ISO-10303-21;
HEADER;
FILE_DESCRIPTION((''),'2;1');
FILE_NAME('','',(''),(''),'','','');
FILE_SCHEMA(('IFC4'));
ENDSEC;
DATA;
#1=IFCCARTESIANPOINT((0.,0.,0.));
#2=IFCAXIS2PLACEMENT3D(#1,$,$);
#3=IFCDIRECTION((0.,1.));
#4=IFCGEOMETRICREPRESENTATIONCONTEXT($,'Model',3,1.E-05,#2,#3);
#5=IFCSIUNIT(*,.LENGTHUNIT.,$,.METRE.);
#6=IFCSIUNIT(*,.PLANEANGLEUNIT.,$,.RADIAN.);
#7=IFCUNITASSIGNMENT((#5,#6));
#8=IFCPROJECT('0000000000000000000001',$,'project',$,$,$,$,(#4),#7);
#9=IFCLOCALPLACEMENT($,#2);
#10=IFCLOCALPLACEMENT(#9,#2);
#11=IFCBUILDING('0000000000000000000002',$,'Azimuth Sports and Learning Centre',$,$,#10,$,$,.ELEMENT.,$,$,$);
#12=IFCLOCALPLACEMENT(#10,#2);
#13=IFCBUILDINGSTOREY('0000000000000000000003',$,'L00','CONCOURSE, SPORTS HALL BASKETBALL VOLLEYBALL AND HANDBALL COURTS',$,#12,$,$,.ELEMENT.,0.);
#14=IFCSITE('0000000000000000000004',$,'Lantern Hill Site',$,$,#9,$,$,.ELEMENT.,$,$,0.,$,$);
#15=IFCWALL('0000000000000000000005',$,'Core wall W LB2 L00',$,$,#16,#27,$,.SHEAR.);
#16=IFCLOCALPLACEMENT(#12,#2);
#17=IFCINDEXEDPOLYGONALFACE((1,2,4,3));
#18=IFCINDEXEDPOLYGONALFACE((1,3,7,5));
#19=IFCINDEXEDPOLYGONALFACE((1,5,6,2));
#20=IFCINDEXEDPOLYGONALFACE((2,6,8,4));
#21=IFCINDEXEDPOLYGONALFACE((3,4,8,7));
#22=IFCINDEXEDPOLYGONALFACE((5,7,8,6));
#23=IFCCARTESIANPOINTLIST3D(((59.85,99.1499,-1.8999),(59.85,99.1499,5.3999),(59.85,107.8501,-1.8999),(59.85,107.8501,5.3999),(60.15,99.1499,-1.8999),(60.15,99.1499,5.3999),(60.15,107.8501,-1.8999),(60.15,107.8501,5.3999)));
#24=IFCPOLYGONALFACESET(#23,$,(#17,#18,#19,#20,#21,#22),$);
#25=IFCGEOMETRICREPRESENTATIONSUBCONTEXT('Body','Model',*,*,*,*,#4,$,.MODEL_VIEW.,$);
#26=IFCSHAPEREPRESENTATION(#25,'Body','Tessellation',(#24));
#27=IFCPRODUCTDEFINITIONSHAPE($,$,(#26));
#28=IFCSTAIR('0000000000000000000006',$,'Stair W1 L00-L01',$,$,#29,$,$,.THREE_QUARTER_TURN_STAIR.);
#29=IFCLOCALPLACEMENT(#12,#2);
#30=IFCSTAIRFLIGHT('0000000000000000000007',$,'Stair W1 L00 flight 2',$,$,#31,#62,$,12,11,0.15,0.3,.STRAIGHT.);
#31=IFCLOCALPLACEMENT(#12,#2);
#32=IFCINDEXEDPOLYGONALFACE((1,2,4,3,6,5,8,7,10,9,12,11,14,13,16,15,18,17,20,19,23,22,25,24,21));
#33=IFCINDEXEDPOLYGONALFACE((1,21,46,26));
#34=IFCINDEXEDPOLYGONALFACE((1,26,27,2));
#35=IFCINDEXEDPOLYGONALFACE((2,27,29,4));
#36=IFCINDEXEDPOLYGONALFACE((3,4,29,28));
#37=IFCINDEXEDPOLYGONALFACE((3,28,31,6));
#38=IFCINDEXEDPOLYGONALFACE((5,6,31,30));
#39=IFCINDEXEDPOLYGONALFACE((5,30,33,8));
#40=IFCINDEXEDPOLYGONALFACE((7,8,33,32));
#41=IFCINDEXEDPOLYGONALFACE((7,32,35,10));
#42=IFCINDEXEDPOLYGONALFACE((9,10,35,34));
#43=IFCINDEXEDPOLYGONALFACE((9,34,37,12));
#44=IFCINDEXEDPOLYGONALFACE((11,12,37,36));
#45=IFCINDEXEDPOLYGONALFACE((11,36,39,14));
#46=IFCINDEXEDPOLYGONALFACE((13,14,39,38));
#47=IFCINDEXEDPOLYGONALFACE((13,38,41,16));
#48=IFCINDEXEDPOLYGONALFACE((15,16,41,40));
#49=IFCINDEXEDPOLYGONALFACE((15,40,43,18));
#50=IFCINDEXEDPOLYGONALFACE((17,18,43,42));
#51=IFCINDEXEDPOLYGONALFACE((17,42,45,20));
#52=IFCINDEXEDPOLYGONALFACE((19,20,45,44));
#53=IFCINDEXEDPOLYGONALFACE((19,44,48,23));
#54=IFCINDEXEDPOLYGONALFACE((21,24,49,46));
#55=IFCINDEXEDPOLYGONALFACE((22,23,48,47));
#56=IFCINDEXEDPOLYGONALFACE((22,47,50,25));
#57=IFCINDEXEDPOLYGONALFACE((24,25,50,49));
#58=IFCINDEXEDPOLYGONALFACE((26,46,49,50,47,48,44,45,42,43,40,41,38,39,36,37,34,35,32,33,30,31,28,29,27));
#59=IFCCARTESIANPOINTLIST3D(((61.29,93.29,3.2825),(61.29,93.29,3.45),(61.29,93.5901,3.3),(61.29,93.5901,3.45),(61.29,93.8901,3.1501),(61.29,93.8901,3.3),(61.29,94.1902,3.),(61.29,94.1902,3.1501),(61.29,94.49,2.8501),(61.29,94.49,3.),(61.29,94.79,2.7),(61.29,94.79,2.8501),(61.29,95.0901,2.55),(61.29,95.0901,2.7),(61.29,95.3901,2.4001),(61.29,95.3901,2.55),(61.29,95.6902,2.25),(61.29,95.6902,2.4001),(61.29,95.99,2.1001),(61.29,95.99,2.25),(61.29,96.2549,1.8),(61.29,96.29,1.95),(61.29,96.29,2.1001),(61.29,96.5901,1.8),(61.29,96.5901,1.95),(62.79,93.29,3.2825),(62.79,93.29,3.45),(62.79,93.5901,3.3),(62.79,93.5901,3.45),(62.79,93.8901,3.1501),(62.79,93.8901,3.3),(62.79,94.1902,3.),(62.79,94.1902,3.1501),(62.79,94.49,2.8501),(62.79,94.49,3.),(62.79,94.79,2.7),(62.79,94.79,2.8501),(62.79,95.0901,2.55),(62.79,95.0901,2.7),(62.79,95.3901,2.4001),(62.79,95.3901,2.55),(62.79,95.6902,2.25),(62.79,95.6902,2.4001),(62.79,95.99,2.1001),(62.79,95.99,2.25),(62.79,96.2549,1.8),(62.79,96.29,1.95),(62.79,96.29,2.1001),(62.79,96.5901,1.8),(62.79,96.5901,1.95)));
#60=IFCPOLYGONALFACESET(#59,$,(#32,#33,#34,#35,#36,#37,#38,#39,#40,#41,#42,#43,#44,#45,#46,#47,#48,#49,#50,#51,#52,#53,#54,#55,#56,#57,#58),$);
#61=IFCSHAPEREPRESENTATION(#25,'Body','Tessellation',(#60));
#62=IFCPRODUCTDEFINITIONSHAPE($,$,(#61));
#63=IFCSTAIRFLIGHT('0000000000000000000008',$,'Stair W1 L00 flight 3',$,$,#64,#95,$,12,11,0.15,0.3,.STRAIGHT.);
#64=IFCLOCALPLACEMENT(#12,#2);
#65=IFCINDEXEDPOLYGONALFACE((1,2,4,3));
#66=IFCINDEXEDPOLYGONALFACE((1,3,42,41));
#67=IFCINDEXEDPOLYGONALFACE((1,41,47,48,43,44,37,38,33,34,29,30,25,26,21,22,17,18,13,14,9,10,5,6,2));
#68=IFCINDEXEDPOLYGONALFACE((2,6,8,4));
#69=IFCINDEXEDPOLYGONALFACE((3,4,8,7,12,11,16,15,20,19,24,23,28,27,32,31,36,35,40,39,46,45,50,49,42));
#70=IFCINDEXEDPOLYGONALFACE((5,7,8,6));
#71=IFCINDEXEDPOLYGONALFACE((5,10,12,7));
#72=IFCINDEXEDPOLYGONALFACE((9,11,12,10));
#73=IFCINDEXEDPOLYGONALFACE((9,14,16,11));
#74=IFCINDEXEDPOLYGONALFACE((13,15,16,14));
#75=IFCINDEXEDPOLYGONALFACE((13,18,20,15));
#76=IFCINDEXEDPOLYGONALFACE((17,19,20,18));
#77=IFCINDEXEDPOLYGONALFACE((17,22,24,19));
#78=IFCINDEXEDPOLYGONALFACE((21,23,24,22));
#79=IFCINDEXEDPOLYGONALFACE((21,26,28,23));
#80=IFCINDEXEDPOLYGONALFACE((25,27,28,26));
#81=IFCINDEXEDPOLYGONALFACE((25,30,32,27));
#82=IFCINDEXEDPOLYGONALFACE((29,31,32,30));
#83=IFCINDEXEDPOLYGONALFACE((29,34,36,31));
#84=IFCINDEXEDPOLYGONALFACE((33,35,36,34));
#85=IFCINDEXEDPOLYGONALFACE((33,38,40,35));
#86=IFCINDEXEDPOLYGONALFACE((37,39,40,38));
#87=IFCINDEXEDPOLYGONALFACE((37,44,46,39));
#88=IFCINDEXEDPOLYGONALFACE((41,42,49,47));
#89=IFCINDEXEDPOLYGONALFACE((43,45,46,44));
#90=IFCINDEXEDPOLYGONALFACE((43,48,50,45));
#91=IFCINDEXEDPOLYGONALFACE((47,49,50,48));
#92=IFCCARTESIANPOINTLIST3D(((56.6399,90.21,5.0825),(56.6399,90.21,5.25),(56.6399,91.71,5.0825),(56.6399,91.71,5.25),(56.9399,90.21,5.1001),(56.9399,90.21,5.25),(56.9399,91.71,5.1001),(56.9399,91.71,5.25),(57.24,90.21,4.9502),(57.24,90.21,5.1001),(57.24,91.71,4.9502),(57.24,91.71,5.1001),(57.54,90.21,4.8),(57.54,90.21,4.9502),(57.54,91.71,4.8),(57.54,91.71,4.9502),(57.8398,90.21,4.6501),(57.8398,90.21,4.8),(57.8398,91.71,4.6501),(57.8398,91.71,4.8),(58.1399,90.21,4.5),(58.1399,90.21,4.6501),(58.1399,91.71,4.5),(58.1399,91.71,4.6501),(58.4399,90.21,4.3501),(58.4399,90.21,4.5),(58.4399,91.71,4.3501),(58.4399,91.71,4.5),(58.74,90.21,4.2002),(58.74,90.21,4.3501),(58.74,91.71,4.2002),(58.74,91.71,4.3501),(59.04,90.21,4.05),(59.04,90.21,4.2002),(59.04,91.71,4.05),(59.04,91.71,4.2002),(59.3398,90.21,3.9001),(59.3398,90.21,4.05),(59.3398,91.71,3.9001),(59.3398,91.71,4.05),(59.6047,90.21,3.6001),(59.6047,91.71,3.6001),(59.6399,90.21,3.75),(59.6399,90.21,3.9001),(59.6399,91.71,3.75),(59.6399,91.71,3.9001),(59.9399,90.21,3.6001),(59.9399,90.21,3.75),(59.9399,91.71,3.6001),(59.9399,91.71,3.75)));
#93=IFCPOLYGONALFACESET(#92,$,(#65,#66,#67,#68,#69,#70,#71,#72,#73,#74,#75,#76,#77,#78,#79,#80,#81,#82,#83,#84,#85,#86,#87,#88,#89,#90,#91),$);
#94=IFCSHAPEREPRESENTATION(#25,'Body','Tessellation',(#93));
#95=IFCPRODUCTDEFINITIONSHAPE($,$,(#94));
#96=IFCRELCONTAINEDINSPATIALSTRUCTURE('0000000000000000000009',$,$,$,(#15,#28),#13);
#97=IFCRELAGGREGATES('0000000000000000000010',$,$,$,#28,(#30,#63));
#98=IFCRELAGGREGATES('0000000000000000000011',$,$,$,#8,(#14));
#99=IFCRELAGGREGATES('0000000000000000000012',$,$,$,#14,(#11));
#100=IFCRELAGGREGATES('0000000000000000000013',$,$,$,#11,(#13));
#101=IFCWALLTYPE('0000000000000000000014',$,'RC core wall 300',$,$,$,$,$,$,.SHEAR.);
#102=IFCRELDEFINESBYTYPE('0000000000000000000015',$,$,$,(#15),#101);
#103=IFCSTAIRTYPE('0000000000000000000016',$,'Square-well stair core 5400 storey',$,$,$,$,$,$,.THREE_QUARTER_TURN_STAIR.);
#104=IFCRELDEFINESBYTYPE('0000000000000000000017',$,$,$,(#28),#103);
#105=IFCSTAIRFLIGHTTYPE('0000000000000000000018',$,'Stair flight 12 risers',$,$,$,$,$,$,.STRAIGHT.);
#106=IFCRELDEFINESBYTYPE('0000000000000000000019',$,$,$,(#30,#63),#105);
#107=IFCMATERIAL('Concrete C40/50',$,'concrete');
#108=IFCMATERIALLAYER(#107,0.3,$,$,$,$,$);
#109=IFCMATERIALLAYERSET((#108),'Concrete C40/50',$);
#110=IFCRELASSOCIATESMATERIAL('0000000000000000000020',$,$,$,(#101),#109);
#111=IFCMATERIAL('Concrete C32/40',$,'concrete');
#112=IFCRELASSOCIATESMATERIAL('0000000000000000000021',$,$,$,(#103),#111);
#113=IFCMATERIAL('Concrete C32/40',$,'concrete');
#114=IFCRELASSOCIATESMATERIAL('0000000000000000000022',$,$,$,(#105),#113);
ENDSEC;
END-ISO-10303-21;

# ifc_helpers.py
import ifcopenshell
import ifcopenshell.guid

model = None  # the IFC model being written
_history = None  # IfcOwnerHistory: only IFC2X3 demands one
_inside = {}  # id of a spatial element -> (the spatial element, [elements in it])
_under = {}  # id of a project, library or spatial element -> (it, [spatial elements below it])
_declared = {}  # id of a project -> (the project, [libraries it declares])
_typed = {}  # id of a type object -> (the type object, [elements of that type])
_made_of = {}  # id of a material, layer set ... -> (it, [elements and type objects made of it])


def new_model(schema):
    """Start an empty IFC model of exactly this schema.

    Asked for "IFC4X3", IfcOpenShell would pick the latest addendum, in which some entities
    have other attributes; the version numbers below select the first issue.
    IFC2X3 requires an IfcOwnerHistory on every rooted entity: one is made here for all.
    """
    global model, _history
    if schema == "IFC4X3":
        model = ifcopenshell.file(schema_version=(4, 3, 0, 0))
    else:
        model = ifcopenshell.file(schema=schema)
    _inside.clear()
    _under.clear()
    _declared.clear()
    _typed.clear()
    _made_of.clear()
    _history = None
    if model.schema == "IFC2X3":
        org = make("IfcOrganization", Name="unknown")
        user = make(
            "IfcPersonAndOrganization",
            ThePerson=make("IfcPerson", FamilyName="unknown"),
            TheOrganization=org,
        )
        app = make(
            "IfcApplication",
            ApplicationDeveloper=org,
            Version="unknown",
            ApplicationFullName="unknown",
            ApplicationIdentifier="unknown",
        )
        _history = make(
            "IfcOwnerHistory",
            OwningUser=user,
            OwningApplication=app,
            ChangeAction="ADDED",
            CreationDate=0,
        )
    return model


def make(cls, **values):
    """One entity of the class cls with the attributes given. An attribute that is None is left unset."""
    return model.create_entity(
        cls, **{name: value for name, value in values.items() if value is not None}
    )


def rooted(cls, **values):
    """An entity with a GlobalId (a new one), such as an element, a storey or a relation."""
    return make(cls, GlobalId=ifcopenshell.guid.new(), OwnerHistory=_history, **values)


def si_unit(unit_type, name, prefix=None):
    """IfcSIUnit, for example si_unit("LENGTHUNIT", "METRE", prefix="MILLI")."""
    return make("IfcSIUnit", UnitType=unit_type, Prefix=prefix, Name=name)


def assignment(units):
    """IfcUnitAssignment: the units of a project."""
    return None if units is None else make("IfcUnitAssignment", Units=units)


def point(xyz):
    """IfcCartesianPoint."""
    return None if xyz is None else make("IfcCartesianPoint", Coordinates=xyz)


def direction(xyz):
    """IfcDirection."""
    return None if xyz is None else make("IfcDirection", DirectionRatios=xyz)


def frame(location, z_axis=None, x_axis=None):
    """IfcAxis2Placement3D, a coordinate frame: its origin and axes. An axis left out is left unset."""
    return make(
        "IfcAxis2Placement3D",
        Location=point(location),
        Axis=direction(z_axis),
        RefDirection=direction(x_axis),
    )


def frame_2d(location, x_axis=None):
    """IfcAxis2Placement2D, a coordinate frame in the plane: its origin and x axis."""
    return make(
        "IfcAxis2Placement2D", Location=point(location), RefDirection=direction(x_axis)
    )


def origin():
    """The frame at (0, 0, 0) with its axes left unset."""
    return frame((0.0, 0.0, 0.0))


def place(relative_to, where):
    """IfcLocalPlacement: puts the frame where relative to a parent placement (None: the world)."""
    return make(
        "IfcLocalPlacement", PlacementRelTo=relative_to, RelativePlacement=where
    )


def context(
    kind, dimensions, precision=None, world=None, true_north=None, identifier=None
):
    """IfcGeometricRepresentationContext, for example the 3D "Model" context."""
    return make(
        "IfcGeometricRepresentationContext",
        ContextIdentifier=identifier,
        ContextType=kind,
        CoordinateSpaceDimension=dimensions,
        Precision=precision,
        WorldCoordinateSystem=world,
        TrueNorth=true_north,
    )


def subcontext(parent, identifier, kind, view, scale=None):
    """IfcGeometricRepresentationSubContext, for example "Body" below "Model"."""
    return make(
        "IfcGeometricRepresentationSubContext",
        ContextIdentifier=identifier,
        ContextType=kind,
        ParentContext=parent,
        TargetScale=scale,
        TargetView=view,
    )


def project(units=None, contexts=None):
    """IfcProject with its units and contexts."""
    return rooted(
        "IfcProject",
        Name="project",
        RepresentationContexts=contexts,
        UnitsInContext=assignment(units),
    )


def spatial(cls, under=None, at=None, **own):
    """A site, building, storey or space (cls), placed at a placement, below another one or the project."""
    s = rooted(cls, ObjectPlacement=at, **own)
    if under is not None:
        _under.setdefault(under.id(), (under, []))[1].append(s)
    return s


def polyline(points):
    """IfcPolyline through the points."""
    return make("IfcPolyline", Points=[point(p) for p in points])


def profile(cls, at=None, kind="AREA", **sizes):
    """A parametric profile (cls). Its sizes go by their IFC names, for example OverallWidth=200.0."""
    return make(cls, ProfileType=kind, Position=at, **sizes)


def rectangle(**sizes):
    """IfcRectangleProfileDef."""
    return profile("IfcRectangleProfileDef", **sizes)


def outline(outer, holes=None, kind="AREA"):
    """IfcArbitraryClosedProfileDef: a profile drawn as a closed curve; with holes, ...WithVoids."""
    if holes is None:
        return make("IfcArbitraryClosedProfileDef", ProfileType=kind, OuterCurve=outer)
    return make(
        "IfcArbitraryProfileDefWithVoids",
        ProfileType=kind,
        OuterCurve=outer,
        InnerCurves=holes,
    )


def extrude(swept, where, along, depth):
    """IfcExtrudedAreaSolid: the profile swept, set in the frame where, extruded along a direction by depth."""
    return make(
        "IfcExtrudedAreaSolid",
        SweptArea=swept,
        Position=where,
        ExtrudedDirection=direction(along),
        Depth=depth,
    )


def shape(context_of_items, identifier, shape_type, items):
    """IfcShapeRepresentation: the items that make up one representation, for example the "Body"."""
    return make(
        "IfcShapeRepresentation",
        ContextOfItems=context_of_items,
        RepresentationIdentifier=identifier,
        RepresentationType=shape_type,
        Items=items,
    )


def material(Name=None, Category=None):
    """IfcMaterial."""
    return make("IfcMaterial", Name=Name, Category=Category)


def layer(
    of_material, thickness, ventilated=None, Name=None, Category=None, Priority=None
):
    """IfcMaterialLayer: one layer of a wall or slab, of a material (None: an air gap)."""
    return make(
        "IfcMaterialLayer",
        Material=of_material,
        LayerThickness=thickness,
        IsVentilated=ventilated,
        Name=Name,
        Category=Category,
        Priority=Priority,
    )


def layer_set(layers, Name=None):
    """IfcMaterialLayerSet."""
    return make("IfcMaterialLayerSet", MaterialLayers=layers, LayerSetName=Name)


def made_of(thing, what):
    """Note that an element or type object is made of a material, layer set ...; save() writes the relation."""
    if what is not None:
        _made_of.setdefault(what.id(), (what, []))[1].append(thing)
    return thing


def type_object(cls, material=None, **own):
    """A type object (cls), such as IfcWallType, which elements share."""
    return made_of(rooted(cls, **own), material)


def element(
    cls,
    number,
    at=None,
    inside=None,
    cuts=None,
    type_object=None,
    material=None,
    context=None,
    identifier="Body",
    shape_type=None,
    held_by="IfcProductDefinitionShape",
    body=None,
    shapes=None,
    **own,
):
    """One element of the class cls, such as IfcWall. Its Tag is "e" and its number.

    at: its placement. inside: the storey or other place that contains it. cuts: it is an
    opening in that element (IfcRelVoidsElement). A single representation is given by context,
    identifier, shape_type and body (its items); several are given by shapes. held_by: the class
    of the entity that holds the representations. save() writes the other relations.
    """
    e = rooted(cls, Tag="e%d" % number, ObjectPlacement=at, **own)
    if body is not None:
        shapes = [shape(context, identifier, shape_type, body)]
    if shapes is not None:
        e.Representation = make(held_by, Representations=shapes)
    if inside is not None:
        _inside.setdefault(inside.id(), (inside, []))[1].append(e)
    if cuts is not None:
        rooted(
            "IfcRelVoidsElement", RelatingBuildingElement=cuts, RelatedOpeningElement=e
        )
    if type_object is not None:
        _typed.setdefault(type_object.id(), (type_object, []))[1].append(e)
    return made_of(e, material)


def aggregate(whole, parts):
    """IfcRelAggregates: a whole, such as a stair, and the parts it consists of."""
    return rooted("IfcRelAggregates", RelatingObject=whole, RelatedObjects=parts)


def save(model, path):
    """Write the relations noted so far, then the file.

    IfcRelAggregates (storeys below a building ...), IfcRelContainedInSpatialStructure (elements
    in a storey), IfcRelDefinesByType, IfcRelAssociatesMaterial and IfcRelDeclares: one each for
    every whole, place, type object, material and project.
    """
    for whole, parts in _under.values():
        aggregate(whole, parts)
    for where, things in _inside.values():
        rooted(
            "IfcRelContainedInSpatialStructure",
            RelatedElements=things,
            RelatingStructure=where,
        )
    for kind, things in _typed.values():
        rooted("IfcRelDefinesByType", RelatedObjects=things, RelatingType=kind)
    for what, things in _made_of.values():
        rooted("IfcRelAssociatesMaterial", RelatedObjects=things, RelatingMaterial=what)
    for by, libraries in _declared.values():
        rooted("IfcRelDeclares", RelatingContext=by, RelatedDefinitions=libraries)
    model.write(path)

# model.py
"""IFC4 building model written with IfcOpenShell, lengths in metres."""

from ifc_helpers import new_model, si_unit, direction, frame, frame_2d, origin, place, context, subcontext, project, spatial, polyline, rectangle, outline, extrude, material, layer, layer_set, type_object, element, aggregate, save


model = new_model("IFC4")

# Units and contexts
model_context = context("Model", 3, precision=1e-05, world=origin(), true_north=direction((0.0, 1.0)))
body_context = subcontext(model_context, "Body", "Model", "MODEL_VIEW")
ifc_project = project(units=[si_unit("LENGTHUNIT", "METRE"), si_unit("PLANEANGLEUNIT", "RADIAN")], contexts=[model_context])

# Site, building, storey
site_placement = place(None, origin())
site = spatial("IfcSite", under=ifc_project, at=site_placement, Name="Lantern Hill Site", CompositionType="ELEMENT", RefElevation=0.0)
building_placement = place(site_placement, origin())
building = spatial("IfcBuilding", under=site, at=building_placement, Name="Azimuth Sports and Learning Centre", CompositionType="ELEMENT")
storey_placement = place(building_placement, origin())
storey = spatial("IfcBuildingStorey", under=building, at=storey_placement, Name="L00", Description="CONCOURSE, SPORTS HALL BASKETBALL VOLLEYBALL AND HANDBALL COURTS", CompositionType="ELEMENT", Elevation=0.0)

# Wall
ifc_material_1 = material(Name="Concrete C40/50", Category="concrete")
ifc_layer_1 = layer(ifc_material_1, 0.3)
ifc_layer_set_1 = layer_set([ifc_layer_1], Name="Concrete C40/50")
wall_type_1 = type_object("IfcWallType", Name="RC core wall 300", PredefinedType="SHEAR", material=ifc_layer_set_1)
wall_1_placement = place(storey_placement, frame((60.0, 99.1499, -1.8999), z_axis=(0.0, 0.0, 1.0), x_axis=(0.0, 1.0, 0.0)))
element("IfcWall", 1, at=wall_1_placement, inside=storey, type_object=wall_type_1, Name="Core wall W LB2 L00", PredefinedType="SHEAR", context=body_context, shape_type="SweptSolid", body=[
    extrude(rectangle(XDim=8.7002, YDim=0.3, at=frame_2d((4.3501, 0.0))), origin(), (0.0, 0.0, 1.0), 7.2998),
])

# Stair, stair flights
ifc_material_2 = material(Name="Concrete C32/40", Category="concrete")
stair_type = type_object("IfcStairType", Name="Square-well stair core 5400 storey", PredefinedType="THREE_QUARTER_TURN_STAIR", material=ifc_material_2)
stair_placement = place(storey_placement, origin())
stair = element("IfcStair", 2, at=stair_placement, inside=storey, type_object=stair_type, Name="Stair W1 L00-L01", PredefinedType="THREE_QUARTER_TURN_STAIR")
ifc_material_3 = material(Name="Concrete C32/40", Category="concrete")
stair_flight_type = type_object("IfcStairFlightType", Name="Stair flight 12 risers", PredefinedType="STRAIGHT", material=ifc_material_3)
stair_flight_1_placement = place(storey_placement, frame((62.04, 96.5901, 1.8), z_axis=(0.0, 0.0, 1.0), x_axis=(0.0, -1.0, 0.0)))
stair_flight_1 = element("IfcStairFlight", 3, at=stair_flight_1_placement, type_object=stair_flight_type, Name="Stair W1 L00 flight 2", NumberOfRisers=12, NumberOfTreads=11, PredefinedType="STRAIGHT", RiserHeight=0.15, TreadLength=0.3, context=body_context, shape_type="SweptSolid", body=[
    extrude(outline(polyline([(0.0, 0.0), (0.0, 0.1499), (0.3, 0.1499), (0.3, 0.3), (0.6001, 0.3), (0.6001, 0.45), (0.8999, 0.45), (0.8999, 0.6001), (1.2, 0.6001), (1.2, 0.75), (1.5, 0.75), (1.5, 0.8999), (1.8, 0.8999), (1.8, 1.05), (2.1001, 1.05), (2.1001, 1.2), (2.3999, 1.2), (2.3999, 1.3501), (2.7, 1.3501), (2.7, 1.5), (3.0, 1.5), (3.0, 1.6499), (3.3, 1.6499), (3.3, 1.8), (3.3, 1.4824), (0.3352, 0.0), (0.0, 0.0)])), frame((0.0, 0.75, 0.0), z_axis=(0.0, -1.0, 0.0), x_axis=(1.0, 0.0, 0.0)), (0.0, 0.0, 1.0), 1.5),
])
stair_flight_2_placement = place(storey_placement, frame((59.9399, 90.96, 3.6001), z_axis=(0.0, 0.0, 1.0), x_axis=(-1.0, 0.0, 0.0)))
stair_flight_2 = element("IfcStairFlight", 4, at=stair_flight_2_placement, type_object=stair_flight_type, Name="Stair W1 L00 flight 3", NumberOfRisers=12, NumberOfTreads=11, PredefinedType="STRAIGHT", RiserHeight=0.15, TreadLength=0.3, context=body_context, shape_type="SweptSolid", body=[
    extrude(outline(polyline([(0.0, 0.0), (0.0, 0.1499), (0.3, 0.1499), (0.3, 0.3), (0.6001, 0.3), (0.6001, 0.45), (0.8999, 0.45), (0.8999, 0.6001), (1.2, 0.6001), (1.2, 0.75), (1.5, 0.75), (1.5, 0.8999), (1.8, 0.8999), (1.8, 1.05), (2.1001, 1.05), (2.1001, 1.2), (2.3999, 1.2), (2.3999, 1.3501), (2.7, 1.3501), (2.7, 1.5), (3.0, 1.5), (3.0, 1.6499), (3.3, 1.6499), (3.3, 1.8), (3.3, 1.4824), (0.3352, 0.0), (0.0, 0.0)])), frame((0.0, 0.75, 0.0), z_axis=(0.0, -1.0, 0.0), x_axis=(1.0, 0.0, 0.0)), (0.0, 0.0, 1.0), 1.5),
])
aggregate(stair, [stair_flight_1, stair_flight_2])

save(model, "model.ifc")
